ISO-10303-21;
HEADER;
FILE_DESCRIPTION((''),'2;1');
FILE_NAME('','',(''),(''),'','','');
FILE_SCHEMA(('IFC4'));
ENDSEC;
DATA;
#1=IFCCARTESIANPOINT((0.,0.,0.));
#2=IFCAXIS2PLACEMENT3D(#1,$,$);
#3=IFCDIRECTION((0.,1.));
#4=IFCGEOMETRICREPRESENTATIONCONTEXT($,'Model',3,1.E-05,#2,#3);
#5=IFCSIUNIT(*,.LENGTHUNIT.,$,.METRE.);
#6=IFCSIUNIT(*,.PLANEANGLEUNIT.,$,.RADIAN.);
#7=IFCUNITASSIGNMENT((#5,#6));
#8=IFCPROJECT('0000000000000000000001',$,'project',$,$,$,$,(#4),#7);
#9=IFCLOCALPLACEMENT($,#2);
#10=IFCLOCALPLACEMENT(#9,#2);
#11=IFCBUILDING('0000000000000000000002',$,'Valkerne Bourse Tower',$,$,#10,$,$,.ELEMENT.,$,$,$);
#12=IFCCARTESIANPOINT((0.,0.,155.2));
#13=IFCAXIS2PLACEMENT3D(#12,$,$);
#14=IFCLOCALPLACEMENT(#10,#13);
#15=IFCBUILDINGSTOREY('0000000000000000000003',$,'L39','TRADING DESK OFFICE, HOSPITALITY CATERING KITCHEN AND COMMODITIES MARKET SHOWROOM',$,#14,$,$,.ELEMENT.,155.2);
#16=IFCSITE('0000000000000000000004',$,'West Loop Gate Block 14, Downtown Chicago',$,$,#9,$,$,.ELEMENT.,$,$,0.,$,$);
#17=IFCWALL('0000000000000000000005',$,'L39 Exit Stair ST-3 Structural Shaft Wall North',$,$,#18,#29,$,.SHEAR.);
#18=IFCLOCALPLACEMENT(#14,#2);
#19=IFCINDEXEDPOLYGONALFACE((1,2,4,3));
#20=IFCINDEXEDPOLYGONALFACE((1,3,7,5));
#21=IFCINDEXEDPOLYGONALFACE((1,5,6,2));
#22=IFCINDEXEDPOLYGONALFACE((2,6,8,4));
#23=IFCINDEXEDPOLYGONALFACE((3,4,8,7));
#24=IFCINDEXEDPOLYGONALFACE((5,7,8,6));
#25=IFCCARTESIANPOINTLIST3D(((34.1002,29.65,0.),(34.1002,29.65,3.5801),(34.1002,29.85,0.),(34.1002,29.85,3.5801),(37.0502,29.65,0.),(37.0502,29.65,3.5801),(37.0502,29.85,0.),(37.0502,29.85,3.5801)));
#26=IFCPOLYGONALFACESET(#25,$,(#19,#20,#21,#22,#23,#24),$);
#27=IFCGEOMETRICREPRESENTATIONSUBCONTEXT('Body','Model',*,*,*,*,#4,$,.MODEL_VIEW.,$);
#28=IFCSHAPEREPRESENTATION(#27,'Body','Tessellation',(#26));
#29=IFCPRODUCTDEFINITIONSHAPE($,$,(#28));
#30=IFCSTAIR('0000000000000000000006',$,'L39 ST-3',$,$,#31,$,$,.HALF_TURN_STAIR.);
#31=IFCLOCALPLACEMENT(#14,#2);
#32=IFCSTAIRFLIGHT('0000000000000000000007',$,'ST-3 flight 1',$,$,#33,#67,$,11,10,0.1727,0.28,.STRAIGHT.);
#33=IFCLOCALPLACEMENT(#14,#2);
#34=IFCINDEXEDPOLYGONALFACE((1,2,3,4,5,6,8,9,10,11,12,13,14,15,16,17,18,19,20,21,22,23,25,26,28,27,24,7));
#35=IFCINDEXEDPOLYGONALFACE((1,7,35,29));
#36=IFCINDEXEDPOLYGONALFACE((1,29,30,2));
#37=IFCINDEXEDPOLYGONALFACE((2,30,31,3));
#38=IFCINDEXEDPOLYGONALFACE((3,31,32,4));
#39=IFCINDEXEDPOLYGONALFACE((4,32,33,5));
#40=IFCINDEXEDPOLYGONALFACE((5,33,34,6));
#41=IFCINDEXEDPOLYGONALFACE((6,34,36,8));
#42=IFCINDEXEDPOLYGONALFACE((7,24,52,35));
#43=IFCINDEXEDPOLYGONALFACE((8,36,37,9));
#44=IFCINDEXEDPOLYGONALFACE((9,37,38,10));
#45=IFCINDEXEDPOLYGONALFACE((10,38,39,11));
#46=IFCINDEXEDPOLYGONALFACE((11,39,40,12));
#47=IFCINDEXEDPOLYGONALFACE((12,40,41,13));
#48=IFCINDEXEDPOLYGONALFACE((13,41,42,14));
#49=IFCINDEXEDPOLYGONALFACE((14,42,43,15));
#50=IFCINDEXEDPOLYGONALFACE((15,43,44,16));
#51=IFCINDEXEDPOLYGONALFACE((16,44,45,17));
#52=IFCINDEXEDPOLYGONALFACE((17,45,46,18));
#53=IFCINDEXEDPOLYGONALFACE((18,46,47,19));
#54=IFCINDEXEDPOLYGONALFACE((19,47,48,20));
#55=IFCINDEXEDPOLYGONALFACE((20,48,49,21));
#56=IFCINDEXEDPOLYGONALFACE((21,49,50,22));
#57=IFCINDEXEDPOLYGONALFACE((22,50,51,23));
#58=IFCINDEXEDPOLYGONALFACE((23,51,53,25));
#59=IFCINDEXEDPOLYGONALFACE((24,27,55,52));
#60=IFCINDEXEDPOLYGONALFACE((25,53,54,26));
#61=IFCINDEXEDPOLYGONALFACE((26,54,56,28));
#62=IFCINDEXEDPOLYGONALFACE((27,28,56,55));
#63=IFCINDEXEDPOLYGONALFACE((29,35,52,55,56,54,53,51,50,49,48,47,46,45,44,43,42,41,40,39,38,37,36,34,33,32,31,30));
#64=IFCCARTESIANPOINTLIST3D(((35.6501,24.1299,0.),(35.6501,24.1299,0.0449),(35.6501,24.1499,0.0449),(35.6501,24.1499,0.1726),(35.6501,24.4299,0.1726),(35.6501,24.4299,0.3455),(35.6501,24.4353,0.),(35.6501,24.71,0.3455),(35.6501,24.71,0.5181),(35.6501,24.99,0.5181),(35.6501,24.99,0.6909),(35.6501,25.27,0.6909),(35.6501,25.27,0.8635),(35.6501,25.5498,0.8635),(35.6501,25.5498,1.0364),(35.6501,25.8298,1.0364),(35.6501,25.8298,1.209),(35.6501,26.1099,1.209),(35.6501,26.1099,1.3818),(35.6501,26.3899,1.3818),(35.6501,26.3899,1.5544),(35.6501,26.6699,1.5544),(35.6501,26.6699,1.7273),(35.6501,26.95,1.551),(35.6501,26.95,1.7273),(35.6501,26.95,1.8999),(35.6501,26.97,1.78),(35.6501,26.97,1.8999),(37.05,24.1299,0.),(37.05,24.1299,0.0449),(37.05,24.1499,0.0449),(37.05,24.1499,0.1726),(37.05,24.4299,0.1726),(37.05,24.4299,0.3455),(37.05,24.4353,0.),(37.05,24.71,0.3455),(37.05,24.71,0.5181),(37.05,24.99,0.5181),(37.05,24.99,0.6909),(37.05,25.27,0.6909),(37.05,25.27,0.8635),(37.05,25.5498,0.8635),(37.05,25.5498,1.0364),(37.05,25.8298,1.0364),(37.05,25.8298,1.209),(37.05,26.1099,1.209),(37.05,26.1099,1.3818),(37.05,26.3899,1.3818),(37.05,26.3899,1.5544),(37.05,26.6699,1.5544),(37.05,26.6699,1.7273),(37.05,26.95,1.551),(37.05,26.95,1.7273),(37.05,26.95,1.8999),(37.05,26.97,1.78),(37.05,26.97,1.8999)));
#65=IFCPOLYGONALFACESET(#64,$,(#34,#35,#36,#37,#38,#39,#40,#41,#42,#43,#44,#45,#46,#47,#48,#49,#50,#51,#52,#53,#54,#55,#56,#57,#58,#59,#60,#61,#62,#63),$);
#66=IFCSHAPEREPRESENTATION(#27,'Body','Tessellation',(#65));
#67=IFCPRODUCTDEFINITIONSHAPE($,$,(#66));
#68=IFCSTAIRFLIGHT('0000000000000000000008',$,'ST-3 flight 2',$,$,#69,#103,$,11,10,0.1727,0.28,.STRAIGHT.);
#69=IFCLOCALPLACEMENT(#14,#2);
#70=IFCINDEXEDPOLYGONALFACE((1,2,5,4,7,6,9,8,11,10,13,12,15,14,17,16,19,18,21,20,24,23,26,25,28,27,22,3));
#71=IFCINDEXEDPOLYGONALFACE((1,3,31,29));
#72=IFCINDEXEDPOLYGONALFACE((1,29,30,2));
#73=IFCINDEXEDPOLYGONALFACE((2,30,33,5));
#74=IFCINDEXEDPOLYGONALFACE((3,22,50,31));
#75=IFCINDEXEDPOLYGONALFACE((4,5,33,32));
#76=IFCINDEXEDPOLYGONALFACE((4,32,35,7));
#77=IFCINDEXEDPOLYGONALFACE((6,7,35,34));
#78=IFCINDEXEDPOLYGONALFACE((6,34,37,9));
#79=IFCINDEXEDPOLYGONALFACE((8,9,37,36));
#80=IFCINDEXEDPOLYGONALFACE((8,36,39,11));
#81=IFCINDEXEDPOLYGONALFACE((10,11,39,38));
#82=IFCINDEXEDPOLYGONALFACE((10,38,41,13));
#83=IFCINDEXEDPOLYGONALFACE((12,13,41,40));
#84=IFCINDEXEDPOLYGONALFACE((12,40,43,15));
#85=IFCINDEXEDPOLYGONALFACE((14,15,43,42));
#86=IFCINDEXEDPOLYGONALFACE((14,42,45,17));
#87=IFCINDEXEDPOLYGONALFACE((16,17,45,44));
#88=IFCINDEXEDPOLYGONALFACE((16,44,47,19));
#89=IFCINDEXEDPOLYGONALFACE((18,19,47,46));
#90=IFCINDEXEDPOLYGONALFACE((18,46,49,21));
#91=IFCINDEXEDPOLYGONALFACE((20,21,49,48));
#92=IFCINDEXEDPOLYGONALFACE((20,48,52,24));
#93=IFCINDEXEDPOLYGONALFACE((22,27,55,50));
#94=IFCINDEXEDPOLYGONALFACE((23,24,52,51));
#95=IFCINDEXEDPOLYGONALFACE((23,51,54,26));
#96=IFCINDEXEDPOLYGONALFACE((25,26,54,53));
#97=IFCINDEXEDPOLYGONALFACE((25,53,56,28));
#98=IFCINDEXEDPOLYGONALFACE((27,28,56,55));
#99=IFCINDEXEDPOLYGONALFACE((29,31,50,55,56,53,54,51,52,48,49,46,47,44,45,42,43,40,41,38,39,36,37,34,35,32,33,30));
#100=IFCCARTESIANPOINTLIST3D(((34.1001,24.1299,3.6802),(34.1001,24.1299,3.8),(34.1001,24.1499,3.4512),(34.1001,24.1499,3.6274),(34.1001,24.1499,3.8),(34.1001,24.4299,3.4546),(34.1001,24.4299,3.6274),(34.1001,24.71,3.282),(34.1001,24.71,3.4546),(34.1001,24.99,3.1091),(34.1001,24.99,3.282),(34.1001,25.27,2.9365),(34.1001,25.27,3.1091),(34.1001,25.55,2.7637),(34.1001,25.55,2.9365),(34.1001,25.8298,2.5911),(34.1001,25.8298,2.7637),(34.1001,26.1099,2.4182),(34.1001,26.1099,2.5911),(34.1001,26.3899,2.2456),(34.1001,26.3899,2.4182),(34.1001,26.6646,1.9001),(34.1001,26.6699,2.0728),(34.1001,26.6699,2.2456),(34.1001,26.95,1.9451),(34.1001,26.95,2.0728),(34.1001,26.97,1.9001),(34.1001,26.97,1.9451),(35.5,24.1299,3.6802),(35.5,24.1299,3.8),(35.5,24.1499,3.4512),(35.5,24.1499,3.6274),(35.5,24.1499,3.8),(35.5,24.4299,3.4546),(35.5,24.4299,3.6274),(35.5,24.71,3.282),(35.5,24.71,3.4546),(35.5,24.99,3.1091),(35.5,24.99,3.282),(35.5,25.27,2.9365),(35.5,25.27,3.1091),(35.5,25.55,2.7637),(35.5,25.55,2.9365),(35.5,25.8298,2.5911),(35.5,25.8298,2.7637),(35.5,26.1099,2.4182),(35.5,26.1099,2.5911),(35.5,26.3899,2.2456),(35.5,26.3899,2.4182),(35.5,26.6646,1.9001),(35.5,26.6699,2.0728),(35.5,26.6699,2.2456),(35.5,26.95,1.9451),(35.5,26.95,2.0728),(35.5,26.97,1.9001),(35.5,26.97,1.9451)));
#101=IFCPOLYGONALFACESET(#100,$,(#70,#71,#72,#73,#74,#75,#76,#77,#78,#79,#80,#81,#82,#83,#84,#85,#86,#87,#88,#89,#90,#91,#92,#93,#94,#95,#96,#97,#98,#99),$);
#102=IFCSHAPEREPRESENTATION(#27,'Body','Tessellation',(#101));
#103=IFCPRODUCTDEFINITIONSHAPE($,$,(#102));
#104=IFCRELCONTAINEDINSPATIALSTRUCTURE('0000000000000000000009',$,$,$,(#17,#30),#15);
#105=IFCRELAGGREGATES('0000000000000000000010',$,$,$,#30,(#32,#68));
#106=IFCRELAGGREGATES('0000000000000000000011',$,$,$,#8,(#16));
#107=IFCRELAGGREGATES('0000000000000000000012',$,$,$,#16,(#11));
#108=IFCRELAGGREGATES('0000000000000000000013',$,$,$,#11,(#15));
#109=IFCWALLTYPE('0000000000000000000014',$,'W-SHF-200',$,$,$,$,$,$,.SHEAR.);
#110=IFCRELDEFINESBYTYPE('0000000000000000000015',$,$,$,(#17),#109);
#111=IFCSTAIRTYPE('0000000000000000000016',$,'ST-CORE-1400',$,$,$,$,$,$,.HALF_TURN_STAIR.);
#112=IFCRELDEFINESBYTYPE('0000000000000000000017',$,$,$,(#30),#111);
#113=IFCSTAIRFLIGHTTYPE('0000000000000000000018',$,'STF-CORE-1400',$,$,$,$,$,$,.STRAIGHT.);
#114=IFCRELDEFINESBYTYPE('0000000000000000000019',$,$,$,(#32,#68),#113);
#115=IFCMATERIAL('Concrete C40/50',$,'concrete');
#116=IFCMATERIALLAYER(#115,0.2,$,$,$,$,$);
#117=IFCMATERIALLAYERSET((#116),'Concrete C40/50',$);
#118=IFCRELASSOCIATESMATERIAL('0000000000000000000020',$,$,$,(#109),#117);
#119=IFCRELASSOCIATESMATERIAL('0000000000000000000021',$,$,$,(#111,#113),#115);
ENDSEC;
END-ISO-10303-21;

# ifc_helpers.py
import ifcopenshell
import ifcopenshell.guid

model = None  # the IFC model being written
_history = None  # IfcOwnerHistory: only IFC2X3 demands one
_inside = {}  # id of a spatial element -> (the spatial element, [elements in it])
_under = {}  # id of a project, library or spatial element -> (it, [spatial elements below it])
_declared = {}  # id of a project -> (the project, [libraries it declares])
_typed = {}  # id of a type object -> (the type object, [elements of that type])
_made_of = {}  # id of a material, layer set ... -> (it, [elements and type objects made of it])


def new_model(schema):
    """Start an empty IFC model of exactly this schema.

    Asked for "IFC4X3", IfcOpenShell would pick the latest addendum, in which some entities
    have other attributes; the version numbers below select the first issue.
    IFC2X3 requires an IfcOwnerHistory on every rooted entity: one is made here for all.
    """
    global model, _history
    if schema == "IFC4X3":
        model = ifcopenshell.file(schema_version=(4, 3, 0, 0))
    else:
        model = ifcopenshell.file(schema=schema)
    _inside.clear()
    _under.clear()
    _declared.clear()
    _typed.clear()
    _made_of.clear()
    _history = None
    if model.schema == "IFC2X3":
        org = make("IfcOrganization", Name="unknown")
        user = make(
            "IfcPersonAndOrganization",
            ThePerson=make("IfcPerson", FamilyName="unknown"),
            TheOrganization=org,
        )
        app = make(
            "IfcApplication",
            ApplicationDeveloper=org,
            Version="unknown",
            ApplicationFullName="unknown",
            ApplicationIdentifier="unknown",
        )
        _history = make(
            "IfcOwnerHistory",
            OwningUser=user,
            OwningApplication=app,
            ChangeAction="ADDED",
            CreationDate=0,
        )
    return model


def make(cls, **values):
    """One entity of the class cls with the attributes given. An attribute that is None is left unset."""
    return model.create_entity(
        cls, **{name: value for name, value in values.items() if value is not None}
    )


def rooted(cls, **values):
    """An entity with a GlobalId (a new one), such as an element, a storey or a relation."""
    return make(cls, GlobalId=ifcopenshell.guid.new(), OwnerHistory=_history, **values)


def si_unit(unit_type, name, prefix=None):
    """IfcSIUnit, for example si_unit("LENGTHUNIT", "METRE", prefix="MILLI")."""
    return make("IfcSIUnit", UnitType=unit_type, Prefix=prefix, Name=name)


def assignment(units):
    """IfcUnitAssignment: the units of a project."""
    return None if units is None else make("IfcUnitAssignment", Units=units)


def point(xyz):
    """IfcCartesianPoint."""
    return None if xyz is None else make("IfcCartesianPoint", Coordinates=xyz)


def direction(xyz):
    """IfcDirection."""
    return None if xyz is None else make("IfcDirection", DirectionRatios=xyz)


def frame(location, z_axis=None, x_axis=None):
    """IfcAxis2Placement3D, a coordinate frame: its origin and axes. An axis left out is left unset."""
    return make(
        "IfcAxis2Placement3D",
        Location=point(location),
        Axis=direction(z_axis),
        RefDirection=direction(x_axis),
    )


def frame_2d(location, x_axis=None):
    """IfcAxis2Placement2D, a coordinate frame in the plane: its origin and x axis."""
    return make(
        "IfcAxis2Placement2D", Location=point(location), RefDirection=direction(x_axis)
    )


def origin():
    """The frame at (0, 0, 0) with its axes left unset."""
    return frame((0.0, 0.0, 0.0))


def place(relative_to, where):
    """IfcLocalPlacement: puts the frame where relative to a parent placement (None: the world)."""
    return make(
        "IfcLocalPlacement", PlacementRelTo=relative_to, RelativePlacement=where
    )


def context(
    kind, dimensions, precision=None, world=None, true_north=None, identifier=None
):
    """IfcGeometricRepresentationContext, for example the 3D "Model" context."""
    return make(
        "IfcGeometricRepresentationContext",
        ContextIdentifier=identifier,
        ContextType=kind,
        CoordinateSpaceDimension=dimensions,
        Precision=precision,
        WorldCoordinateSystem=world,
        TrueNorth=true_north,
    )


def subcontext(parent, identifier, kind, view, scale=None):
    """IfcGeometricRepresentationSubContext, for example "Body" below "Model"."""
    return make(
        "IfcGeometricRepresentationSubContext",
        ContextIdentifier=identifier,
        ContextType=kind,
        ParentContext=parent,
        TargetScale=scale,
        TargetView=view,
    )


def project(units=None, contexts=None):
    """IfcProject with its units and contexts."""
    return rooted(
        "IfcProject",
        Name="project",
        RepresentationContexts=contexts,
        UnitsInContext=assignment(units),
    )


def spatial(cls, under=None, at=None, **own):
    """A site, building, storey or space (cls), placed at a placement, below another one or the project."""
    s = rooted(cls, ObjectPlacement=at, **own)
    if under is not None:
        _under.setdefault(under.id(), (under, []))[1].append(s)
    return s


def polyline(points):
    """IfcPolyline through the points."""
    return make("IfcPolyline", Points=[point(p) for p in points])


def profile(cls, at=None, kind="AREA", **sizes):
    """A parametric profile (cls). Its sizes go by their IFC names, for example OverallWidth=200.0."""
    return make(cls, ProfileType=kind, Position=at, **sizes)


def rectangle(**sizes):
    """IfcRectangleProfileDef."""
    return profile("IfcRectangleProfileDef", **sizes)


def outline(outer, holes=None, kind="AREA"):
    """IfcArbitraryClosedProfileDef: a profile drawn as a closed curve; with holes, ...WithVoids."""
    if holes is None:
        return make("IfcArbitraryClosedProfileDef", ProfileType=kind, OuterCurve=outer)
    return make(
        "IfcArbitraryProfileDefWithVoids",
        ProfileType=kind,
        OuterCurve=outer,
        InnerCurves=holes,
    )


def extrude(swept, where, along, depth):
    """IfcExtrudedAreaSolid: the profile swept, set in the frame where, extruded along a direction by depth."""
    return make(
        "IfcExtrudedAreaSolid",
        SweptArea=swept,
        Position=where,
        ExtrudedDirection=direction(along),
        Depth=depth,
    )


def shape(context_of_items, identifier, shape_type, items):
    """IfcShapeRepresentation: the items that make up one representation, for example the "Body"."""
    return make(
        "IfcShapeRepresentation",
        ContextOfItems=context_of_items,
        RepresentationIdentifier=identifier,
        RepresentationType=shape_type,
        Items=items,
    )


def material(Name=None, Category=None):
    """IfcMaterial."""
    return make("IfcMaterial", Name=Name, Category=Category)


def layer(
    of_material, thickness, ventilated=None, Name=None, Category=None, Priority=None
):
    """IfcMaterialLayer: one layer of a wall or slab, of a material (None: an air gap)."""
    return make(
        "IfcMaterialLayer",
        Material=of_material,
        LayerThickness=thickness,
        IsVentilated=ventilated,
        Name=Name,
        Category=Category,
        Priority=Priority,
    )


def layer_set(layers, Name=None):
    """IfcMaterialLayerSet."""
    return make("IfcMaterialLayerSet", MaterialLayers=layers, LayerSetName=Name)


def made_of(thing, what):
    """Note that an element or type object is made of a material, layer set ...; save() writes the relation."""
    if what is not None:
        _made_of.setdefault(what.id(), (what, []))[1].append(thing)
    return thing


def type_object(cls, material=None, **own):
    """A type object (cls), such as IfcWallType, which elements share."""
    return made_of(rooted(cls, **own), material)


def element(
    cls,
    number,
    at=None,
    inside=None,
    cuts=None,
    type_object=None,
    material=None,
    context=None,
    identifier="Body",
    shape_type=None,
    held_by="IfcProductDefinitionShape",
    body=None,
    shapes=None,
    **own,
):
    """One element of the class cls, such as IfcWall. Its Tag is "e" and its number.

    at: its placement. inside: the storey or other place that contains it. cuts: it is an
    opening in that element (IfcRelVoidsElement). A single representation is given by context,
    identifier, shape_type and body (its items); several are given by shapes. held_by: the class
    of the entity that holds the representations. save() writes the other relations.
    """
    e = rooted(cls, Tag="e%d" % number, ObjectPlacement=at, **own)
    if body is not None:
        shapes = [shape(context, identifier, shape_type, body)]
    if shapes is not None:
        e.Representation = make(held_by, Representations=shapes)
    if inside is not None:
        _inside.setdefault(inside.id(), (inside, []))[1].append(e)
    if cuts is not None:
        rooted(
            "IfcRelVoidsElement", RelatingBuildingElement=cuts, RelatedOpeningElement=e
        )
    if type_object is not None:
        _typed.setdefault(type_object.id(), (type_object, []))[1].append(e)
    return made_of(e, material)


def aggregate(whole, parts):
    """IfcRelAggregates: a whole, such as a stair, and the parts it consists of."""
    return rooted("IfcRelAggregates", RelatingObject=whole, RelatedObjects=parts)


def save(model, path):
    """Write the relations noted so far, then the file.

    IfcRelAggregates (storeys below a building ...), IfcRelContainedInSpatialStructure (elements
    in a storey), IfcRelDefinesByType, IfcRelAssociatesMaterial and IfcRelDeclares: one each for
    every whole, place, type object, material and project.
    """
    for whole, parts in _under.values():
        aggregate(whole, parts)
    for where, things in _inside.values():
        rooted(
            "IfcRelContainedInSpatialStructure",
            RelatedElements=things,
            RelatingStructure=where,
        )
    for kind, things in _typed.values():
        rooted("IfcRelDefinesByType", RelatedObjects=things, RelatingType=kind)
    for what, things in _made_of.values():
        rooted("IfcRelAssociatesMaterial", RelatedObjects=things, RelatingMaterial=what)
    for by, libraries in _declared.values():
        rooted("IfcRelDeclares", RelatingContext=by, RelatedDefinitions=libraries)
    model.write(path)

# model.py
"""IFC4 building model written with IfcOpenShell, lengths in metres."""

from ifc_helpers import new_model, si_unit, direction, frame, frame_2d, origin, place, context, subcontext, project, spatial, polyline, rectangle, outline, extrude, material, layer, layer_set, type_object, element, aggregate, save


model = new_model("IFC4")

# Units and contexts
model_context = context("Model", 3, precision=1e-05, world=origin(), true_north=direction((0.0, 1.0)))
body_context = subcontext(model_context, "Body", "Model", "MODEL_VIEW")
ifc_project = project(units=[si_unit("LENGTHUNIT", "METRE"), si_unit("PLANEANGLEUNIT", "RADIAN")], contexts=[model_context])

# Site, building, storey
site_placement = place(None, origin())
site = spatial("IfcSite", under=ifc_project, at=site_placement, Name="West Loop Gate Block 14, Downtown Chicago", CompositionType="ELEMENT", RefElevation=0.0)
building_placement = place(site_placement, origin())
building = spatial("IfcBuilding", under=site, at=building_placement, Name="Valkerne Bourse Tower", CompositionType="ELEMENT")
storey_placement = place(building_placement, frame((0.0, 0.0, 155.2)))
storey = spatial("IfcBuildingStorey", under=building, at=storey_placement, Name="L39", Description="TRADING DESK OFFICE, HOSPITALITY CATERING KITCHEN AND COMMODITIES MARKET SHOWROOM", CompositionType="ELEMENT", Elevation=155.2)

# Wall
ifc_material_1 = material(Name="Concrete C40/50", Category="concrete")
ifc_layer_1 = layer(ifc_material_1, 0.2)
ifc_layer_set_1 = layer_set([ifc_layer_1], Name="Concrete C40/50")
wall_type_1 = type_object("IfcWallType", Name="W-SHF-200", PredefinedType="SHEAR", material=ifc_layer_set_1)
wall_1_placement = place(storey_placement, frame((34.1001, 29.75, 0.0), z_axis=(0.0, 0.0, 1.0), x_axis=(1.0, 0.0, 0.0)))
element("IfcWall", 1, at=wall_1_placement, inside=storey, type_object=wall_type_1, Name="L39 Exit Stair ST-3 Structural Shaft Wall North", PredefinedType="SHEAR", context=body_context, shape_type="SweptSolid", body=[
    extrude(rectangle(XDim=2.95, YDim=0.2, at=frame_2d((1.4751, 0.0))), origin(), (0.0, 0.0, 1.0), 3.5801),
])

# Stair, stair flights
stair_type = type_object("IfcStairType", Name="ST-CORE-1400", PredefinedType="HALF_TURN_STAIR", material=ifc_material_1)
stair_placement = place(storey_placement, origin())
stair = element("IfcStair", 2, at=stair_placement, inside=storey, type_object=stair_type, Name="L39 ST-3", PredefinedType="HALF_TURN_STAIR")
stair_flight_type = type_object("IfcStairFlightType", Name="STF-CORE-1400", PredefinedType="STRAIGHT", material=ifc_material_1)
stair_flight_1_placement = place(storey_placement, frame((36.3501, 24.1499, 0.0), z_axis=(0.0, 0.0, 1.0), x_axis=(0.0, 1.0, 0.0)))
stair_flight_1 = element("IfcStairFlight", 3, at=stair_flight_1_placement, type_object=stair_flight_type, Name="ST-3 flight 1", NumberOfRisers=11, NumberOfTreads=10, PredefinedType="STRAIGHT", RiserHeight=0.1727, TreadLength=0.28, context=body_context, shape_type="SweptSolid", body=[
    extrude(outline(polyline([(-0.02, 0.0), (-0.02, 0.0449), (0.0, 0.0449), (0.0, 0.1726), (0.28, 0.1726), (0.28, 0.3455), (0.5601, 0.3455), (0.5601, 0.5181), (0.8401, 0.5181), (0.8401, 0.6909), (1.1201, 0.6909), (1.1201, 0.8635), (1.3999, 0.8635), (1.3999, 1.0364), (1.6799, 1.0364), (1.6799, 1.209), (1.96, 1.209), (1.96, 1.3818), (2.24, 1.3818), (2.24, 1.5544), (2.52, 1.5544), (2.52, 1.7273), (2.8, 1.7273), (2.8, 1.8999), (2.8201, 1.8999), (2.8201, 1.78), (2.8, 1.551), (0.2854, 0.0), (-0.02, 0.0)])), frame((0.0, 0.7, 0.0), z_axis=(0.0, -1.0, 0.0), x_axis=(1.0, 0.0, 0.0)), (0.0, 0.0, 1.0), 1.3999),
])
stair_flight_2_placement = place(storey_placement, frame((34.8, 26.95, 1.9001), z_axis=(0.0, 0.0, 1.0), x_axis=(0.0, -1.0, 0.0)))
stair_flight_2 = element("IfcStairFlight", 4, at=stair_flight_2_placement, type_object=stair_flight_type, Name="ST-3 flight 2", NumberOfRisers=11, NumberOfTreads=10, PredefinedType="STRAIGHT", RiserHeight=0.1727, TreadLength=0.28, context=body_context, shape_type="SweptSolid", body=[
    extrude(outline(polyline([(-0.02, 0.0), (-0.02, 0.0449), (0.0, 0.0449), (0.0, 0.1726), (0.28, 0.1726), (0.28, 0.3455), (0.5601, 0.3455), (0.5601, 0.5181), (0.8401, 0.5181), (0.8401, 0.6909), (1.1201, 0.6909), (1.1201, 0.8635), (1.3999, 0.8635), (1.3999, 1.0364), (1.6799, 1.0364), (1.6799, 1.209), (1.96, 1.209), (1.96, 1.3818), (2.24, 1.3818), (2.24, 1.5544), (2.52, 1.5544), (2.52, 1.7273), (2.8, 1.7273), (2.8, 1.8999), (2.8201, 1.8999), (2.8201, 1.78), (2.8, 1.551), (0.2854, 0.0), (-0.02, 0.0)])), frame((0.0, 0.7, 0.0), z_axis=(0.0, -1.0, 0.0), x_axis=(1.0, 0.0, 0.0)), (0.0, 0.0, 1.0), 1.3999),
])
aggregate(stair, [stair_flight_1, stair_flight_2])

save(model, "model.ifc")
